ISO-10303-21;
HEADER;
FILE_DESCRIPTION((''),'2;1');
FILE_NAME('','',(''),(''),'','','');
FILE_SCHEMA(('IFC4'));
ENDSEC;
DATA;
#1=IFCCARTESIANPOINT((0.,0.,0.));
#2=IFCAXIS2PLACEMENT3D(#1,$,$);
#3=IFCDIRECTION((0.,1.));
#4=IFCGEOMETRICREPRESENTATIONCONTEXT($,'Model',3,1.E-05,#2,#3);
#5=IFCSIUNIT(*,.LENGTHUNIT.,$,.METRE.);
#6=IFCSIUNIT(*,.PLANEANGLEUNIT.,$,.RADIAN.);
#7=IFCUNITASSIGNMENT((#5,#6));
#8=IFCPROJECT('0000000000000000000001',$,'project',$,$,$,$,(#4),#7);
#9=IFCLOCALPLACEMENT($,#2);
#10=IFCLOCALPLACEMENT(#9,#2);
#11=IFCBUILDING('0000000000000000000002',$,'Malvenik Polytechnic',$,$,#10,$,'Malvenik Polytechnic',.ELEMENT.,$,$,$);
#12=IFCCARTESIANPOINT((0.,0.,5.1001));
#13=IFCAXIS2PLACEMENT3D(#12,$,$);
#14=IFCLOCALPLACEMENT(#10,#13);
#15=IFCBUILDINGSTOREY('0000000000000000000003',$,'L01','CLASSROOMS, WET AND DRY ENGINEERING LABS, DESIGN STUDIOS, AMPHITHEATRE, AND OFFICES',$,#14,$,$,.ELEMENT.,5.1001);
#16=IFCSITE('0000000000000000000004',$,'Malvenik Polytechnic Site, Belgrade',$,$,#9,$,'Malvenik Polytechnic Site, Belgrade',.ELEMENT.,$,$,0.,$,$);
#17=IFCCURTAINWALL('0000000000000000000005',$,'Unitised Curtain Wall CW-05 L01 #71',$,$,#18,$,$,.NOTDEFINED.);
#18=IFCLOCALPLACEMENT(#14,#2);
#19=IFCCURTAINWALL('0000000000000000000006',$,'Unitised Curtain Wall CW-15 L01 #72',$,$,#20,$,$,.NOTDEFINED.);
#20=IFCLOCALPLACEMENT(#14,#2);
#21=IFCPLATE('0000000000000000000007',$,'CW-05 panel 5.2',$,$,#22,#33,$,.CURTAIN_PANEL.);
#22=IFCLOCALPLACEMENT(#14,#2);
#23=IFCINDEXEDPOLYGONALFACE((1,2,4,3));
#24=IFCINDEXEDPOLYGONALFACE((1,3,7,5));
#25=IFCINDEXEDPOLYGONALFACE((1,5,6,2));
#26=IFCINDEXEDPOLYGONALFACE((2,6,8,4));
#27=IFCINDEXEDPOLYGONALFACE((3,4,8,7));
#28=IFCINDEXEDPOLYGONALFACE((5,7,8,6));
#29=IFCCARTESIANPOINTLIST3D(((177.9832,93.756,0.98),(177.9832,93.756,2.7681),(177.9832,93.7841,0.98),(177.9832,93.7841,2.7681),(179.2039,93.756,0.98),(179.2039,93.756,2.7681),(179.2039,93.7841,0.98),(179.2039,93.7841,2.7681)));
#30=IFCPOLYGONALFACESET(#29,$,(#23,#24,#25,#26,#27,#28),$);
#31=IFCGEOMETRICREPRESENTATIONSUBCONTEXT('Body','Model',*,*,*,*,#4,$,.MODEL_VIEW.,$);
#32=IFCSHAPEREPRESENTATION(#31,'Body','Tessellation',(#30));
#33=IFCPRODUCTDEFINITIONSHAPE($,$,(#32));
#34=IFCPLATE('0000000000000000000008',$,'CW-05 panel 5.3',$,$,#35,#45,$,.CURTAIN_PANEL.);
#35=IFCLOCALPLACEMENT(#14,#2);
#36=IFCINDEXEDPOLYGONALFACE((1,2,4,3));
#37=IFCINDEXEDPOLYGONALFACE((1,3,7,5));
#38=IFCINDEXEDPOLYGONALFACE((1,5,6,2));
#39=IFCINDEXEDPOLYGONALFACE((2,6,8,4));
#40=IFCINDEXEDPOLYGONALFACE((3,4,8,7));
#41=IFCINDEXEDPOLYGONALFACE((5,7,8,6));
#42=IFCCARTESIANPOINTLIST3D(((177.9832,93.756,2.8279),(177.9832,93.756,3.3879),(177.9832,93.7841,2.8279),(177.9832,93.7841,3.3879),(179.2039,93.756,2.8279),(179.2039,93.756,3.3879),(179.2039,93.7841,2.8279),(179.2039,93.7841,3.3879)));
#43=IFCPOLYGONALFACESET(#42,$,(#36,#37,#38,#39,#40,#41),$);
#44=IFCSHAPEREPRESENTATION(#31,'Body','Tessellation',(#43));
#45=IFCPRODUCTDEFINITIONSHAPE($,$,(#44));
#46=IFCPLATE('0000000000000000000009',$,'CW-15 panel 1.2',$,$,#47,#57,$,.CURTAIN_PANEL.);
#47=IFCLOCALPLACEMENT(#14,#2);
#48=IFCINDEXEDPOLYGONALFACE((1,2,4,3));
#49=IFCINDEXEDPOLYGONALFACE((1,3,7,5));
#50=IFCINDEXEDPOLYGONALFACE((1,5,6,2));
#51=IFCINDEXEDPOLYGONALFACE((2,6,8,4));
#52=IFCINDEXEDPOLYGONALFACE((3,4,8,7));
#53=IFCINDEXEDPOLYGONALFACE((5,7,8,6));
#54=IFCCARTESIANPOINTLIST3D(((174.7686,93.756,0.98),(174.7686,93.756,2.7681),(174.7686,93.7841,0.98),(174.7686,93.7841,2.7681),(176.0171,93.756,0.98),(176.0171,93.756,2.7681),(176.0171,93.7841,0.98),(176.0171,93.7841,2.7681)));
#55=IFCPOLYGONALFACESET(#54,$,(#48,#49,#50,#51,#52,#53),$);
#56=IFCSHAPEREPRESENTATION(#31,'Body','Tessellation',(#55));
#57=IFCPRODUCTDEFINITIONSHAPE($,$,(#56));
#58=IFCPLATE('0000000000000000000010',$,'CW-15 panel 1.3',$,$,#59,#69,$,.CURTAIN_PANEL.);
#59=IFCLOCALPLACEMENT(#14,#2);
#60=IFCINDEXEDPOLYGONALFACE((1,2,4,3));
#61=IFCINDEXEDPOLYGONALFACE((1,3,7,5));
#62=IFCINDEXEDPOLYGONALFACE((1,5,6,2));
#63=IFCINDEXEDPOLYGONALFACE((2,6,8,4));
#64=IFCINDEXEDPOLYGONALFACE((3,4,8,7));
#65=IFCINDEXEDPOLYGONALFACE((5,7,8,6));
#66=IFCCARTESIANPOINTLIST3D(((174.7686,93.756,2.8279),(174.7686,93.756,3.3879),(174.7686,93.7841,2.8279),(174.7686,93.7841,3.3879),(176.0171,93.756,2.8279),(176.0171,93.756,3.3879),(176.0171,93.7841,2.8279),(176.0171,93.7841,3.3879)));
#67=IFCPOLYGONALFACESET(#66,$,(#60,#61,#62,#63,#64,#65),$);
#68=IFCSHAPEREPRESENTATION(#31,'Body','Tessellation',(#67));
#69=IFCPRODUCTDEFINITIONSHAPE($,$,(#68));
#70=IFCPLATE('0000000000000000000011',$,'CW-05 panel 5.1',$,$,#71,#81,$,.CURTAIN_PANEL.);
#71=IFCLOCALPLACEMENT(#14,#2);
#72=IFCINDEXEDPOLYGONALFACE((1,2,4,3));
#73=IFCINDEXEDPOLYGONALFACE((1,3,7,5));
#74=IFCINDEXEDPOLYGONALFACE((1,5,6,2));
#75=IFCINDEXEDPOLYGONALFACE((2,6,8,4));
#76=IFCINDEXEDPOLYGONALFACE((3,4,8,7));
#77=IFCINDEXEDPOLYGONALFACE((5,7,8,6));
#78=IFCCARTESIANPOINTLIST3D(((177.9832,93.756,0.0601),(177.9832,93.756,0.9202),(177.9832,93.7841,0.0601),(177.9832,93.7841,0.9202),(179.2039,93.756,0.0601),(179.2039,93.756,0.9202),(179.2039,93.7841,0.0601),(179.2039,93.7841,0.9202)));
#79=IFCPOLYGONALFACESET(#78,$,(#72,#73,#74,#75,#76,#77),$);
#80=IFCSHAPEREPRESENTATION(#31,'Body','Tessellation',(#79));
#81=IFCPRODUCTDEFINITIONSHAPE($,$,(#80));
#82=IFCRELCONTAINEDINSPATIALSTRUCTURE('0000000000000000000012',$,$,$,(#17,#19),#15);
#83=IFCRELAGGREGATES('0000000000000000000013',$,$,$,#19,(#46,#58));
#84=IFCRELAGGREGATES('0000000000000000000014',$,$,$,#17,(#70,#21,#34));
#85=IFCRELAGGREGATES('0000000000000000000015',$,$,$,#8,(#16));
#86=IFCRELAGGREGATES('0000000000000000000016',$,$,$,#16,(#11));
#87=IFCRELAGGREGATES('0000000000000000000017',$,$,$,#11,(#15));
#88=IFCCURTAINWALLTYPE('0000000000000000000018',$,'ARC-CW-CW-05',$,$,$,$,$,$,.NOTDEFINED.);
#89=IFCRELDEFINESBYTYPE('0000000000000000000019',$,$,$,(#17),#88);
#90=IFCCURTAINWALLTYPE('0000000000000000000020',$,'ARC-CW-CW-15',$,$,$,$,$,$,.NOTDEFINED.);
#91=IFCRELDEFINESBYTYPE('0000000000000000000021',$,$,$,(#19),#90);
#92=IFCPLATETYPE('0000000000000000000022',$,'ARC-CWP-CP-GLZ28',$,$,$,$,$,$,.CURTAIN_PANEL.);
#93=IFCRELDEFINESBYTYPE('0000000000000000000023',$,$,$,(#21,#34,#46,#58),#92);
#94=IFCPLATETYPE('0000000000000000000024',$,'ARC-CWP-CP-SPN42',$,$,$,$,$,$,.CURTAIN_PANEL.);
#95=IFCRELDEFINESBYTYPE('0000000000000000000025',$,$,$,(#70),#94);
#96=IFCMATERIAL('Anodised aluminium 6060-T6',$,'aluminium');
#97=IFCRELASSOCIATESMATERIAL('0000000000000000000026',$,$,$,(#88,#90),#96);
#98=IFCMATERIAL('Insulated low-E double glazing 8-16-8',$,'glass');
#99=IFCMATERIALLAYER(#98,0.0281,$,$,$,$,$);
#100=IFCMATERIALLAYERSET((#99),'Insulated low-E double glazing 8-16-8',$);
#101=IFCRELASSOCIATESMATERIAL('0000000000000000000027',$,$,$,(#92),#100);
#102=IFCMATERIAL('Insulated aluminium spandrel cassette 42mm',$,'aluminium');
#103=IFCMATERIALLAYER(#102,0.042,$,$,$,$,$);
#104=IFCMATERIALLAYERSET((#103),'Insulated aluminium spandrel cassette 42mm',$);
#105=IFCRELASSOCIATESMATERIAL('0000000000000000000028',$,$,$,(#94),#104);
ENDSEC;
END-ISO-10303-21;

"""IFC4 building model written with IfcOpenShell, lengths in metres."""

from ifc_helpers import new_model, si_unit, direction, frame, origin, origin_2d, place, context, subcontext, project, spatial, rectangle, extrude, material, layer, layer_set, type_object, element, aggregate, save


model = new_model("IFC4")

# Units and contexts
model_context = context("Model", 3, precision=1e-05, world=origin(), true_north=direction((0.0, 1.0)))
body_context = subcontext(model_context, "Body", "Model", "MODEL_VIEW")
ifc_project = project(units=[si_unit("LENGTHUNIT", "METRE"), si_unit("PLANEANGLEUNIT", "RADIAN")], contexts=[model_context])

# Site, building, storey
site_placement = place(None, origin())
site = spatial("IfcSite", under=ifc_project, at=site_placement, Name="Malvenik Polytechnic Site, Belgrade", LongName="Malvenik Polytechnic Site, Belgrade", CompositionType="ELEMENT", RefElevation=0.0)
building_placement = place(site_placement, origin())
building = spatial("IfcBuilding", under=site, at=building_placement, Name="Malvenik Polytechnic", LongName="Malvenik Polytechnic", CompositionType="ELEMENT")
storey_placement = place(building_placement, frame((0.0, 0.0, 5.1001)))
storey = spatial("IfcBuildingStorey", under=building, at=storey_placement, Name="L01", Description="CLASSROOMS, WET AND DRY ENGINEERING LABS, DESIGN STUDIOS, AMPHITHEATRE, AND OFFICES", CompositionType="ELEMENT", Elevation=5.1001)

# Curtain walls
ifc_material_1 = material(Name="Anodised aluminium 6060-T6", Category="aluminium")
curtain_wall_type_1 = type_object("IfcCurtainWallType", Name="ARC-CW-CW-05", PredefinedType="NOTDEFINED", material=ifc_material_1)
curtain_wall_1_placement = place(storey_placement, origin())
curtain_wall_1 = element("IfcCurtainWall", 1, at=curtain_wall_1_placement, inside=storey, type_object=curtain_wall_type_1, Name="Unitised Curtain Wall CW-05 L01 #71", PredefinedType="NOTDEFINED")
curtain_wall_type_2 = type_object("IfcCurtainWallType", Name="ARC-CW-CW-15", PredefinedType="NOTDEFINED", material=ifc_material_1)
curtain_wall_2_placement = place(storey_placement, origin())
curtain_wall_2 = element("IfcCurtainWall", 2, at=curtain_wall_2_placement, inside=storey, type_object=curtain_wall_type_2, Name="Unitised Curtain Wall CW-15 L01 #72", PredefinedType="NOTDEFINED")

# Plates
ifc_material_2 = material(Name="Insulated low-E double glazing 8-16-8", Category="glass")
ifc_layer_1 = layer(ifc_material_2, 0.0281)
ifc_layer_set_1 = layer_set([ifc_layer_1], Name="Insulated low-E double glazing 8-16-8")
plate_type_1 = type_object("IfcPlateType", Name="ARC-CWP-CP-GLZ28", PredefinedType="CURTAIN_PANEL", material=ifc_layer_set_1)
plate_1_placement = place(storey_placement, frame((178.5935, 93.77, 0.98), z_axis=(0.0, 0.0, 1.0), x_axis=(-1.0, 0.0, 0.0)))
plate_1 = element("IfcPlate", 3, at=plate_1_placement, type_object=plate_type_1, Name="CW-05 panel 5.2", PredefinedType="CURTAIN_PANEL", context=body_context, shape_type="SweptSolid", body=[
    extrude(rectangle(XDim=1.2207, YDim=0.0281, at=origin_2d()), origin(), (0.0, 0.0, 1.0), 1.7881),
])
plate_2_placement = place(storey_placement, frame((178.5935, 93.77, 2.8279), z_axis=(0.0, 0.0, 1.0), x_axis=(-1.0, 0.0, 0.0)))
plate_2 = element("IfcPlate", 4, at=plate_2_placement, type_object=plate_type_1, Name="CW-05 panel 5.3", PredefinedType="CURTAIN_PANEL", context=body_context, shape_type="SweptSolid", body=[
    extrude(rectangle(XDim=1.2207, YDim=0.0281, at=origin_2d()), origin(), (0.0, 0.0, 1.0), 0.5601),
])
plate_3_placement = place(storey_placement, frame((175.3928, 93.77, 0.98), z_axis=(0.0, 0.0, 1.0), x_axis=(-1.0, 0.0, 0.0)))
plate_3 = element("IfcPlate", 5, at=plate_3_placement, type_object=plate_type_1, Name="CW-15 panel 1.2", PredefinedType="CURTAIN_PANEL", context=body_context, shape_type="SweptSolid", body=[
    extrude(rectangle(XDim=1.2485, YDim=0.0281, at=origin_2d()), origin(), (0.0, 0.0, 1.0), 1.7881),
])
plate_4_placement = place(storey_placement, frame((175.3928, 93.77, 2.8279), z_axis=(0.0, 0.0, 1.0), x_axis=(-1.0, 0.0, 0.0)))
plate_4 = element("IfcPlate", 6, at=plate_4_placement, type_object=plate_type_1, Name="CW-15 panel 1.3", PredefinedType="CURTAIN_PANEL", context=body_context, shape_type="SweptSolid", body=[
    extrude(rectangle(XDim=1.2485, YDim=0.0281, at=origin_2d()), origin(), (0.0, 0.0, 1.0), 0.5601),
])
aggregate(curtain_wall_2, [plate_3, plate_4])
ifc_material_3 = material(Name="Insulated aluminium spandrel cassette 42mm", Category="aluminium")
ifc_layer_2 = layer(ifc_material_3, 0.042)
ifc_layer_set_2 = layer_set([ifc_layer_2], Name="Insulated aluminium spandrel cassette 42mm")
plate_type_2 = type_object("IfcPlateType", Name="ARC-CWP-CP-SPN42", PredefinedType="CURTAIN_PANEL", material=ifc_layer_set_2)
plate_5_placement = place(storey_placement, frame((178.5935, 93.77, 0.0601), z_axis=(0.0, 0.0, 1.0), x_axis=(-1.0, 0.0, 0.0)))
plate_5 = element("IfcPlate", 7, at=plate_5_placement, type_object=plate_type_2, Name="CW-05 panel 5.1", PredefinedType="CURTAIN_PANEL", context=body_context, shape_type="SweptSolid", body=[
    extrude(rectangle(XDim=1.2207, YDim=0.0281, at=origin_2d()), origin(), (0.0, 0.0, 1.0), 0.8601),
])
aggregate(curtain_wall_1, [plate_5, plate_1, plate_2])

save(model, "model.ifc")
